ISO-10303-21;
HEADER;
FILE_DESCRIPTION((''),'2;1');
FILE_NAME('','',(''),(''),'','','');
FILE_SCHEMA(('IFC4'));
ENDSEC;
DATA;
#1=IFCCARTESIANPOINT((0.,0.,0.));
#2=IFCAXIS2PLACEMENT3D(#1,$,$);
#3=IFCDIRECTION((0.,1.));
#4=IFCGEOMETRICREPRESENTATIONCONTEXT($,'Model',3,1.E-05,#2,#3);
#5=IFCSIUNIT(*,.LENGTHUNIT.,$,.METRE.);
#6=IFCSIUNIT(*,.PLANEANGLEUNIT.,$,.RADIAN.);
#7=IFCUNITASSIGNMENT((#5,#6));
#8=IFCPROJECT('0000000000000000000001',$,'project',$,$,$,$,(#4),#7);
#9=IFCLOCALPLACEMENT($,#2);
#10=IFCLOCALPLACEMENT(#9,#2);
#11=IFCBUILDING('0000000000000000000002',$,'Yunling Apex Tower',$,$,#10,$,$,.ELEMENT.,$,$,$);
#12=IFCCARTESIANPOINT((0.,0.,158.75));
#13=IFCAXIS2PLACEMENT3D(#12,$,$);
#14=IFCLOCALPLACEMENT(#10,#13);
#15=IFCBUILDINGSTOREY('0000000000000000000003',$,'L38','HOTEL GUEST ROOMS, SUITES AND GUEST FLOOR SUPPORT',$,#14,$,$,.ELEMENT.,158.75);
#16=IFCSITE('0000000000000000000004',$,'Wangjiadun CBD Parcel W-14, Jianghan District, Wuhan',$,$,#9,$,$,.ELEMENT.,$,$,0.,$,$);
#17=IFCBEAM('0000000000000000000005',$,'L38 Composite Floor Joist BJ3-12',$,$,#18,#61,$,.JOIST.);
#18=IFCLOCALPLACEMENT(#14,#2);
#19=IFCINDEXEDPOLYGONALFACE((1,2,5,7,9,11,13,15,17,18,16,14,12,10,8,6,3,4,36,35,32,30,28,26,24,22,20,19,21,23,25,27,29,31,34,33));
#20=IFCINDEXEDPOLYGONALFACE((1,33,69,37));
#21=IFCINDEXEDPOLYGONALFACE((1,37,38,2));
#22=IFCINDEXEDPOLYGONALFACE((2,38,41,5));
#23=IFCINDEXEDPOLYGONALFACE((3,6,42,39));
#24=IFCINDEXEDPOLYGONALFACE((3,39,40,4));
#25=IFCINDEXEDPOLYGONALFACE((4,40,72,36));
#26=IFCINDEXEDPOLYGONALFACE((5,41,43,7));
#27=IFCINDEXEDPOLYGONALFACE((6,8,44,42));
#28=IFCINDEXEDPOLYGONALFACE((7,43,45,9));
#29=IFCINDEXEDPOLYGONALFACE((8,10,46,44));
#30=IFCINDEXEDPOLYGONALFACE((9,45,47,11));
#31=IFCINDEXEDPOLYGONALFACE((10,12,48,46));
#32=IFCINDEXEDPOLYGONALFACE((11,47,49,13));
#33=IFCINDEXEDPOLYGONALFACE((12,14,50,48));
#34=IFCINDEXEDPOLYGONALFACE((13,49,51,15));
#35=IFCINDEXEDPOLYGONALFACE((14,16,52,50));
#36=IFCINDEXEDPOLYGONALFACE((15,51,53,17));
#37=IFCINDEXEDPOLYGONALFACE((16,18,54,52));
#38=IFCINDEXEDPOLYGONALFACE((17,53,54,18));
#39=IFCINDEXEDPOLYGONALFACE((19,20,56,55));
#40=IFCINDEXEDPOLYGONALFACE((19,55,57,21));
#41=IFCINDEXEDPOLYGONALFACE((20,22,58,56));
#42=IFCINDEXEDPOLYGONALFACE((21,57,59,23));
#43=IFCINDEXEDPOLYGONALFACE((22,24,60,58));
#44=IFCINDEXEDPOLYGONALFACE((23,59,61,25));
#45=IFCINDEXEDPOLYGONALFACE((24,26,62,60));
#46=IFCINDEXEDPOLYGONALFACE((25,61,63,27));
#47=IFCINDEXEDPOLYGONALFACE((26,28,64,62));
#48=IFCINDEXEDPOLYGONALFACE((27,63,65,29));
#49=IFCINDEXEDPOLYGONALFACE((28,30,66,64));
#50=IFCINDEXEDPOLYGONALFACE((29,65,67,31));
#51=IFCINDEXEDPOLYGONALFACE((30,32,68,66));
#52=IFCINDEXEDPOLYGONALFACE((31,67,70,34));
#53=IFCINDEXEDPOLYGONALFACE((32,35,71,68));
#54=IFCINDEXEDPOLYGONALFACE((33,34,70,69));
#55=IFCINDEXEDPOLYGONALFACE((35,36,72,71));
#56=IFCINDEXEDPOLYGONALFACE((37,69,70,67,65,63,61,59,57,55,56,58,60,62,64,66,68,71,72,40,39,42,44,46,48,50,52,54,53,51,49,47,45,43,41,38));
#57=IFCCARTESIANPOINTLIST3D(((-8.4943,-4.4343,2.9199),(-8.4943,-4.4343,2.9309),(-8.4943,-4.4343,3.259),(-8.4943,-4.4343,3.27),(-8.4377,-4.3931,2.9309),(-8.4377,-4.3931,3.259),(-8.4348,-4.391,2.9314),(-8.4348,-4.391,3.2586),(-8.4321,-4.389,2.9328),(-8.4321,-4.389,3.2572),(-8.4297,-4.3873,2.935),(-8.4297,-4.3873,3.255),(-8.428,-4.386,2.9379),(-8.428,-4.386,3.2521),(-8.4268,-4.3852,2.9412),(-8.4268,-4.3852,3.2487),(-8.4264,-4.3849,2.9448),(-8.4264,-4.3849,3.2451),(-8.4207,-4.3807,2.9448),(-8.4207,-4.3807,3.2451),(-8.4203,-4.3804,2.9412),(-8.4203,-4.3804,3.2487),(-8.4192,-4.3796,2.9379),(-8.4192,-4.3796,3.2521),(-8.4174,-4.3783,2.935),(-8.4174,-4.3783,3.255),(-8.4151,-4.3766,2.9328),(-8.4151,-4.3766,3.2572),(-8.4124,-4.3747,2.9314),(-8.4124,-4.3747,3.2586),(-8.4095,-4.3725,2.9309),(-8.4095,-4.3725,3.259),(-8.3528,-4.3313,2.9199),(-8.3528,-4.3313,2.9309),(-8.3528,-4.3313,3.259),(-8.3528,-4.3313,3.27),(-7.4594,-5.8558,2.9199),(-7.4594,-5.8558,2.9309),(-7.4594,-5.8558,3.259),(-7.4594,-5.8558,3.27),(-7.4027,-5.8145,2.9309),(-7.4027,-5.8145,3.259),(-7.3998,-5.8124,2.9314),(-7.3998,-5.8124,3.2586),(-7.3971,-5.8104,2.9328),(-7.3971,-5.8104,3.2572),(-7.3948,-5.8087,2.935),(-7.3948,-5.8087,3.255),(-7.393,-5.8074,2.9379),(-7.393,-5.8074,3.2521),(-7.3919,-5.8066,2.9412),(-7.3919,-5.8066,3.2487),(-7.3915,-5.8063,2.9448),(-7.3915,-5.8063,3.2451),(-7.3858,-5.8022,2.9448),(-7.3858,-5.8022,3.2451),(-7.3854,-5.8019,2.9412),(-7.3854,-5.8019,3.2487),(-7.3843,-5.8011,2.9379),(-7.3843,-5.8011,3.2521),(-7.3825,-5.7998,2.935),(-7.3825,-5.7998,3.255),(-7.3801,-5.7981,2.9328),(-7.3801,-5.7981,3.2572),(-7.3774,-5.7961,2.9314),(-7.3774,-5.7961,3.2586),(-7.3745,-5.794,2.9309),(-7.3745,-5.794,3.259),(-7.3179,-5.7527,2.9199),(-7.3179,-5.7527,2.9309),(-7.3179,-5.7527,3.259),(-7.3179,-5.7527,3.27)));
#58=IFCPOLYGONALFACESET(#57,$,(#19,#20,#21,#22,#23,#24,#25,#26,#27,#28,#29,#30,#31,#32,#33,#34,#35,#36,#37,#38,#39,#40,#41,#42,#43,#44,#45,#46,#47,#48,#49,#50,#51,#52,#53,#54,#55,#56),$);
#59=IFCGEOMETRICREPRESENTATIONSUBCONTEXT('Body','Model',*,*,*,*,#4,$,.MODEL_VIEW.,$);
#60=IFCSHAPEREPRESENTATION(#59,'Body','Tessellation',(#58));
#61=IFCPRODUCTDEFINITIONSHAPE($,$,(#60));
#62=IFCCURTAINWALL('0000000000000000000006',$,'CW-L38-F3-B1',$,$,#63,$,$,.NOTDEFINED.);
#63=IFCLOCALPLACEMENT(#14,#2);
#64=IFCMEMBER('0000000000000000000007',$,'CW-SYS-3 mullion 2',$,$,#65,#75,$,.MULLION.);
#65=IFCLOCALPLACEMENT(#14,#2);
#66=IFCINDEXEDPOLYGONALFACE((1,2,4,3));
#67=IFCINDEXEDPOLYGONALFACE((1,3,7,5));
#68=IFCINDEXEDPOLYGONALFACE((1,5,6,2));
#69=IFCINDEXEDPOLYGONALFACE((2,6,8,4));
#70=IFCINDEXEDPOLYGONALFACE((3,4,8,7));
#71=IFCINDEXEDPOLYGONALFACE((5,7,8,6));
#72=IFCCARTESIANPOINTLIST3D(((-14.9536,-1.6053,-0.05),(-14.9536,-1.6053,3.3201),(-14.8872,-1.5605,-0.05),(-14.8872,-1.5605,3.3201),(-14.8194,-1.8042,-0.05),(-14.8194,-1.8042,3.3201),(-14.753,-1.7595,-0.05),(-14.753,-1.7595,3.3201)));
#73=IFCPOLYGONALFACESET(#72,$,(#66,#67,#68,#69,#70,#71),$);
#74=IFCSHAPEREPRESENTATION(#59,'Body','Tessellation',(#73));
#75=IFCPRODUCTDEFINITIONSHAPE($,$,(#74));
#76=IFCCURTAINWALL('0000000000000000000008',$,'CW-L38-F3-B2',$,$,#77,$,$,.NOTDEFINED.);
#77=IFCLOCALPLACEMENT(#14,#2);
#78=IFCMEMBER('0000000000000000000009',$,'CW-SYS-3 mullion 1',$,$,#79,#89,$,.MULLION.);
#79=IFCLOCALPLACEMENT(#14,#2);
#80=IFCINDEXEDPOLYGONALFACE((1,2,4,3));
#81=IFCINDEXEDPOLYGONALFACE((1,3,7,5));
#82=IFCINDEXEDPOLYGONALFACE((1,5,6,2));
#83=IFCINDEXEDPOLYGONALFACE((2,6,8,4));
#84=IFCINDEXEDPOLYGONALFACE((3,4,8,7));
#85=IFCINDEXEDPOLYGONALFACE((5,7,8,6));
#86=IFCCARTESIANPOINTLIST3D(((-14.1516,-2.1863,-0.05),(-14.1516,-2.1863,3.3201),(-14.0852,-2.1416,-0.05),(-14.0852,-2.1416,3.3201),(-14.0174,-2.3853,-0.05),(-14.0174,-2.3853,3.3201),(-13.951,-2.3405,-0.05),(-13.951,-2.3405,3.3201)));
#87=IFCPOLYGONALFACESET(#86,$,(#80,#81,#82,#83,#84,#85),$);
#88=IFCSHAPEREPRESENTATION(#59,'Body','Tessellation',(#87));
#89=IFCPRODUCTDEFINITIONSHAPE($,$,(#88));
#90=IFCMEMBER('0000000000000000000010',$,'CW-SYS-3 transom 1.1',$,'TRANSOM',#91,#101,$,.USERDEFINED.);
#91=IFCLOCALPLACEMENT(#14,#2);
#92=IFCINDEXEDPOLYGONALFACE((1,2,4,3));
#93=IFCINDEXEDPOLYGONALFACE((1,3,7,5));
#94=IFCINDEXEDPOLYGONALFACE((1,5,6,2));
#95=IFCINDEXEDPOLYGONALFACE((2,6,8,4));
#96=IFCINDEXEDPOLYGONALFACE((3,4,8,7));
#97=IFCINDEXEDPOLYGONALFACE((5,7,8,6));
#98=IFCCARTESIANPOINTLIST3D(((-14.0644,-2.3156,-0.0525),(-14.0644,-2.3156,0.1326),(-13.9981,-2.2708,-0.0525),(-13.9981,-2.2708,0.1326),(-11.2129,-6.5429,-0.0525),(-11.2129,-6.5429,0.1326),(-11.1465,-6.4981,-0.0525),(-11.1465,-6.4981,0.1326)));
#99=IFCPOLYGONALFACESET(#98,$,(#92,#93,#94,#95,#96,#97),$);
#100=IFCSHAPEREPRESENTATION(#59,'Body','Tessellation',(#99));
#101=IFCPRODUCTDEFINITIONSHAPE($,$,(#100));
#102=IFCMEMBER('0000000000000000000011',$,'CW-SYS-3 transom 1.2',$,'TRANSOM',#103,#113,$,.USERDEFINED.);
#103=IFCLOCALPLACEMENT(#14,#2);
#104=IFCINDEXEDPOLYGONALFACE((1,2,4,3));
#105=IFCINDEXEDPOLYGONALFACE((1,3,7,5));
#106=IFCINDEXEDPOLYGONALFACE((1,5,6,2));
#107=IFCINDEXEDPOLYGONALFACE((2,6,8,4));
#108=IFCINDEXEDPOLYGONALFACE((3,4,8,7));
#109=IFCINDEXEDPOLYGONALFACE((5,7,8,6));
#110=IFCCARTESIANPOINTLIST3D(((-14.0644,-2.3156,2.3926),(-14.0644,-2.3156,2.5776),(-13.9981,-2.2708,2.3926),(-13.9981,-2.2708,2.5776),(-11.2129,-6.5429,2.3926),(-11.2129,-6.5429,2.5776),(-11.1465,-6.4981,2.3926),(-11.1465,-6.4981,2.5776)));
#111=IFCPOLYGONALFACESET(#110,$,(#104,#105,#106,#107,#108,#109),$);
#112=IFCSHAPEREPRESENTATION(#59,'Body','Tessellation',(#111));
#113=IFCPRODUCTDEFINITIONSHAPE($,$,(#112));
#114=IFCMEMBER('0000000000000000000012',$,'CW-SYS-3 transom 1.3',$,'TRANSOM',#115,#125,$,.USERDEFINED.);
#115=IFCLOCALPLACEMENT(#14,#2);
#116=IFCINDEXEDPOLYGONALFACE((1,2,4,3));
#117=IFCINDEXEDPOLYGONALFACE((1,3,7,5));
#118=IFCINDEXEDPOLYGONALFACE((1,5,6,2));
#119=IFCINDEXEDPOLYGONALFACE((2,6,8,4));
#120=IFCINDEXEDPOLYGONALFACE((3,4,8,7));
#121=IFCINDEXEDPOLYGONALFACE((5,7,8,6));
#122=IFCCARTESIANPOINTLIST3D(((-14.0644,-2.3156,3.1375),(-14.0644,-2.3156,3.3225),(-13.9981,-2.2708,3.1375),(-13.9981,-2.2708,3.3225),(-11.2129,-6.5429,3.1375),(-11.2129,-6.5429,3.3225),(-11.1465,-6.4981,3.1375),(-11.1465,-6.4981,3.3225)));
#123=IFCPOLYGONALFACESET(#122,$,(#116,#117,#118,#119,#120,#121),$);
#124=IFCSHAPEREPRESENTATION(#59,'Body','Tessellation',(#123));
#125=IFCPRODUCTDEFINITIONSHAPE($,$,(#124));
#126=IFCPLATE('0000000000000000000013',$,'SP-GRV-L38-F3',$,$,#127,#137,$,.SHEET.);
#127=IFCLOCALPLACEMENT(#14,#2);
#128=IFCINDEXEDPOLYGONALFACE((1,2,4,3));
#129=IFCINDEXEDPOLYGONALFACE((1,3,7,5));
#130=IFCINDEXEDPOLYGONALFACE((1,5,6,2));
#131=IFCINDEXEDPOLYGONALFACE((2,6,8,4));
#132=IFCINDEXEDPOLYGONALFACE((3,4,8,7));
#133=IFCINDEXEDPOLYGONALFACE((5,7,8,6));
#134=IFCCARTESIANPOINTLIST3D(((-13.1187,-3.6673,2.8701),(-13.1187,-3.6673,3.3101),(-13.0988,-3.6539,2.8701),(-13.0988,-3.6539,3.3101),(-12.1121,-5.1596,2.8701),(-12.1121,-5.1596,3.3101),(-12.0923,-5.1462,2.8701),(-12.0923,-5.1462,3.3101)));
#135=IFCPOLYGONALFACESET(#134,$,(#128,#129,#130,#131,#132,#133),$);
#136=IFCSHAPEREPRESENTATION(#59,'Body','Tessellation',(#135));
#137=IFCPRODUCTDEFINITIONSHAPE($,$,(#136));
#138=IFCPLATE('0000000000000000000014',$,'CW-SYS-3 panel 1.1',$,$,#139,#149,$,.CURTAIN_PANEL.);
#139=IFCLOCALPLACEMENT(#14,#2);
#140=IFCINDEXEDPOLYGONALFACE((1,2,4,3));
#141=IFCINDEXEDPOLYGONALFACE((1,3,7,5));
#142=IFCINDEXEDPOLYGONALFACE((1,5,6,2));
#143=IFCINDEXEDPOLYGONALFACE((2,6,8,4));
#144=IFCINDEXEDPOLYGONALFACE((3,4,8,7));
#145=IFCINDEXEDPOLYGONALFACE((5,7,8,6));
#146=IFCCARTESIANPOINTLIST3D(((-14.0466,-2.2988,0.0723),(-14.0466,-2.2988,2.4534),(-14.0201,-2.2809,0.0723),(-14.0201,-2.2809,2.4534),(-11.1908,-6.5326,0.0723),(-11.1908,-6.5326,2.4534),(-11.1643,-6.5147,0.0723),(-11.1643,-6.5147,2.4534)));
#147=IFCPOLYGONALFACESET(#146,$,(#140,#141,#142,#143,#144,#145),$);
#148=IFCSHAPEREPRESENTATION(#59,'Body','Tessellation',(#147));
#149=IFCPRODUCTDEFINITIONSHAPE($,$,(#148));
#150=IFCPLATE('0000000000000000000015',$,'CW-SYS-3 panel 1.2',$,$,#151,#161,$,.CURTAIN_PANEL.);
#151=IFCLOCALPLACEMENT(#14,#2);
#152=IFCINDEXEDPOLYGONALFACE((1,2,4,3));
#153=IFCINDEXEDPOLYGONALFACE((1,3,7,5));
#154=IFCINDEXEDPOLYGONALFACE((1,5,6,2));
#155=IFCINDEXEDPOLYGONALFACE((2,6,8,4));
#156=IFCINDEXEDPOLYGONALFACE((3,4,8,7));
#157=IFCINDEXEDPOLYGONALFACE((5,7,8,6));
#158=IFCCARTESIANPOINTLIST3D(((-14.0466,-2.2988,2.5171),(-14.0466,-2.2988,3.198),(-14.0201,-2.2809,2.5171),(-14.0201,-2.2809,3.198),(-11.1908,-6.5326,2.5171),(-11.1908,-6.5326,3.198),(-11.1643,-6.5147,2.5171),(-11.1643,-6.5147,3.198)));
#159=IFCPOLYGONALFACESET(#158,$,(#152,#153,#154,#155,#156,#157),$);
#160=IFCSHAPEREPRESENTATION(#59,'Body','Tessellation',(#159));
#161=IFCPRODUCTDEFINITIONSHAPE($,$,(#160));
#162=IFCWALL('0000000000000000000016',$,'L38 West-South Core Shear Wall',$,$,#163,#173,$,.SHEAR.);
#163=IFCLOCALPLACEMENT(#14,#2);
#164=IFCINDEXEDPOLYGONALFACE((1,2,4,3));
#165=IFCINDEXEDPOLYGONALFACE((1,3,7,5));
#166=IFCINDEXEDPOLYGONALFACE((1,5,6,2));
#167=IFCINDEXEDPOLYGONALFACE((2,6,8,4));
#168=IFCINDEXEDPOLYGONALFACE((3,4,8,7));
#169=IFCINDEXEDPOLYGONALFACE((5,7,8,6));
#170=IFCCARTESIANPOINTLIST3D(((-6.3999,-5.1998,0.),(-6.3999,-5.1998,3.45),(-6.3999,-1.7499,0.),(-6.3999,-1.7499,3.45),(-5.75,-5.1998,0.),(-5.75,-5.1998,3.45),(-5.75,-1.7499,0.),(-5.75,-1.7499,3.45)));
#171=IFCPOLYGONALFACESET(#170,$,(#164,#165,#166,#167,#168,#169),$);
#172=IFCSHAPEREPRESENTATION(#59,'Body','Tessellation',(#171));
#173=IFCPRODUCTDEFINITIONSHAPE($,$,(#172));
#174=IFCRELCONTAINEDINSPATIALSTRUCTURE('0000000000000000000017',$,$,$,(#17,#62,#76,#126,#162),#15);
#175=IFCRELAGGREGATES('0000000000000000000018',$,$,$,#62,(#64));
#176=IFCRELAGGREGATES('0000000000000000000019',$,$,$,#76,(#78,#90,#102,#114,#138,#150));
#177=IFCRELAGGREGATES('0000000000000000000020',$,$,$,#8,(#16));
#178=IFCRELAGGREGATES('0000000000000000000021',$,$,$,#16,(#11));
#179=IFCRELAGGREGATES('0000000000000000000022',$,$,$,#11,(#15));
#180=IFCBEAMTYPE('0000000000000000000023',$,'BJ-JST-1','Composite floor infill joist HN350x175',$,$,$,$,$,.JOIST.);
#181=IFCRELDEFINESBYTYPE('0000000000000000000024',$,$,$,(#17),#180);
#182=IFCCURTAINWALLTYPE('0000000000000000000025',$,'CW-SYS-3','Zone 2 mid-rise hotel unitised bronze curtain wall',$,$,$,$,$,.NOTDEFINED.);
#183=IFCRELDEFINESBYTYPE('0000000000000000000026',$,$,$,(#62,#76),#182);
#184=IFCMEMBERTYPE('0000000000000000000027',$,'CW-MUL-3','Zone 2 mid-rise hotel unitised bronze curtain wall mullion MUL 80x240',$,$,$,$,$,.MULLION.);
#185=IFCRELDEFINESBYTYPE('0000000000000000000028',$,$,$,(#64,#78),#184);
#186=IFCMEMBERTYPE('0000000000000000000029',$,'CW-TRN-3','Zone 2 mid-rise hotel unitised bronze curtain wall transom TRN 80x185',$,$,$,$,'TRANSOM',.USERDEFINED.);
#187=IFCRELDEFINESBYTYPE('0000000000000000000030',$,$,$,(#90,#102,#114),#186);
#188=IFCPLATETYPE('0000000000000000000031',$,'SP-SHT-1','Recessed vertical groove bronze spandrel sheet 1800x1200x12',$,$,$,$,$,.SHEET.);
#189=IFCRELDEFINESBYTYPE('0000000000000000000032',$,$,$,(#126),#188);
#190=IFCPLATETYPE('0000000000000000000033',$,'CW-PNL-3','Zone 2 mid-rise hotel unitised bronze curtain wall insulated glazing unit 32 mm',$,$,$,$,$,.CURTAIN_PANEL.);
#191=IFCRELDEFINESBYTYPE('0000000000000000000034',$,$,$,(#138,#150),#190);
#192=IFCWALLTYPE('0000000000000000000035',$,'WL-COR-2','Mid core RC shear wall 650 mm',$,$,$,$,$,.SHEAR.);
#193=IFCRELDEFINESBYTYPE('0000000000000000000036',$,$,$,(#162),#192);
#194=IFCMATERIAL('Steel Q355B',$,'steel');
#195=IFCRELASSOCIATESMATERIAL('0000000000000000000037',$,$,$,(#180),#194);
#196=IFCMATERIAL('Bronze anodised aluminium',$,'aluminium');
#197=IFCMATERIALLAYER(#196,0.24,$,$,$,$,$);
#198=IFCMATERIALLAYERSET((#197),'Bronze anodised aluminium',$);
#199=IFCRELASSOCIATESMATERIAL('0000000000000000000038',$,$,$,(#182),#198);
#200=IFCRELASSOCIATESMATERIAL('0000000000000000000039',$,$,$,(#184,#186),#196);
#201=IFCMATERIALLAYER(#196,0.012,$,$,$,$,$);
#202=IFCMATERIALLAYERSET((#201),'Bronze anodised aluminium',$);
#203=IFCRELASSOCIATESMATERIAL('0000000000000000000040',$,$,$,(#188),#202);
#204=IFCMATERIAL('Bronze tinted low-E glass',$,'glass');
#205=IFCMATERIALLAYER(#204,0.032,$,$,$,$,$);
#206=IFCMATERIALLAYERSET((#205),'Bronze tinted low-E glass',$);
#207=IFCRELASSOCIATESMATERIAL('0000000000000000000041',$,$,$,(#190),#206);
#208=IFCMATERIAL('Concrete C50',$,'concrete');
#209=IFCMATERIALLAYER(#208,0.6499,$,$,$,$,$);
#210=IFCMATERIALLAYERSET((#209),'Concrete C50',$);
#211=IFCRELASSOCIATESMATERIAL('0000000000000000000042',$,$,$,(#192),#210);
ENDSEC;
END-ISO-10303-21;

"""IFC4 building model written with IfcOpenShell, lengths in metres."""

from ifc_helpers import new_model, si_unit, direction, frame, frame_2d, origin, origin_2d, place, context, subcontext, project, spatial, rectangle, i_section, extrude, source, transform, mapped, material, layer, layer_set, material_profile, profile_set, type_object, element, aggregate, save


model = new_model("IFC4")

# Units and contexts
model_context = context("Model", 3, precision=1e-05, world=origin(), true_north=direction((0.0, 1.0)))
body_context = subcontext(model_context, "Body", "Model", "MODEL_VIEW")
ifc_project = project(units=[si_unit("LENGTHUNIT", "METRE"), si_unit("PLANEANGLEUNIT", "RADIAN")], contexts=[model_context])

# Site, building, storey
site_placement = place(None, origin())
site = spatial("IfcSite", under=ifc_project, at=site_placement, Name="Wangjiadun CBD Parcel W-14, Jianghan District, Wuhan", CompositionType="ELEMENT", RefElevation=0.0)
building_placement = place(site_placement, origin())
building = spatial("IfcBuilding", under=site, at=building_placement, Name="Yunling Apex Tower", CompositionType="ELEMENT")
storey_placement = place(building_placement, frame((0.0, 0.0, 158.75)))
storey = spatial("IfcBuildingStorey", under=building, at=storey_placement, Name="L38", Description="HOTEL GUEST ROOMS, SUITES AND GUEST FLOOR SUPPORT", CompositionType="ELEMENT", Elevation=158.75)

# Shared definitions
ifc_material_1 = material(Name="Concrete C50", Category="concrete")

# Beam
ifc_material_2 = material(Name="Steel Q355B", Category="steel")
ifc_material_profile_1 = material_profile(ifc_material_2, i_section(OverallWidth=0.175, OverallDepth=0.3501, WebThickness=0.0071, FlangeThickness=0.011, FilletRadius=0.0139, at=origin_2d()))
ifc_profile_set_1 = profile_set([ifc_material_profile_1], Name="Steel Q355B")
beam_type_1 = type_object("IfcBeamType", Name="BJ-JST-1", Description="Composite floor infill joist HN350x175", PredefinedType="JOIST", material=ifc_profile_set_1)
shared_shape_1 = source(origin(), body_context, "Body", "SweptSolid", [
    extrude(i_section(OverallWidth=0.175, OverallDepth=0.3501, WebThickness=0.0071, FlangeThickness=0.011, FilletRadius=0.0139, at=origin_2d()), origin(), (0.0, 0.0, 1.0), 1.7583),
])
beam_1_placement = place(storey_placement, frame((-8.4236, -4.3828, 3.095), z_axis=(0.588609, -0.808418, 0.0), x_axis=(0.808418, 0.588609, 0.0)))
element("IfcBeam", 1, at=beam_1_placement, inside=storey, type_object=beam_type_1, Name="L38 Composite Floor Joist BJ3-12", PredefinedType="JOIST", context=body_context, shape_type="MappedRepresentation", body=[
    mapped(shared_shape_1, transform((0.0, 0.0, 0.0), scale=1.0)),
])

# Curtain wall, member
ifc_material_3 = material(Name="Bronze anodised aluminium", Category="aluminium")
ifc_layer_1 = layer(ifc_material_3, 0.24)
ifc_layer_set_1 = layer_set([ifc_layer_1], Name="Bronze anodised aluminium")
curtain_wall_type = type_object("IfcCurtainWallType", Name="CW-SYS-3", Description="Zone 2 mid-rise hotel unitised bronze curtain wall", PredefinedType="NOTDEFINED", material=ifc_layer_set_1)
curtain_wall_1_placement = place(storey_placement, origin())
curtain_wall_1 = element("IfcCurtainWall", 2, at=curtain_wall_1_placement, inside=storey, type_object=curtain_wall_type, Name="CW-L38-F3-B1", PredefinedType="NOTDEFINED")
ifc_material_profile_2 = material_profile(ifc_material_3, rectangle(XDim=0.0801, YDim=0.24, at=origin_2d()))
ifc_profile_set_2 = profile_set([ifc_material_profile_2], Name="Bronze anodised aluminium")
member_type_1 = type_object("IfcMemberType", Name="CW-MUL-3", Description="Zone 2 mid-rise hotel unitised bronze curtain wall mullion MUL 80x240", PredefinedType="MULLION", material=ifc_profile_set_2)
shared_shape_2 = source(origin(), body_context, "Body", "SweptSolid", [
    extrude(rectangle(XDim=0.0801, YDim=0.24, at=origin_2d()), origin(), (0.0, 0.0, 1.0), 3.3701),
])
member_1_placement = place(storey_placement, frame((-14.8533, -1.6824, -0.05), z_axis=(0.0, 0.0, 1.0), x_axis=(0.829045, 0.559181, 0.0)))
member_1 = element("IfcMember", 3, at=member_1_placement, type_object=member_type_1, Name="CW-SYS-3 mullion 2", PredefinedType="MULLION", context=body_context, shape_type="MappedRepresentation", body=[
    mapped(shared_shape_2, transform((0.0, 0.0, 0.0), scale=1.0)),
])
aggregate(curtain_wall_1, [member_1])

# Curtain wall, members
curtain_wall_2_placement = place(storey_placement, origin())
curtain_wall_2 = element("IfcCurtainWall", 4, at=curtain_wall_2_placement, inside=storey, type_object=curtain_wall_type, Name="CW-L38-F3-B2", PredefinedType="NOTDEFINED")
member_2_placement = place(storey_placement, frame((-14.0513, -2.2634, -0.05), z_axis=(0.0, 0.0, 1.0), x_axis=(0.829026, 0.55921, 0.0)))
member_2 = element("IfcMember", 5, at=member_2_placement, type_object=member_type_1, Name="CW-SYS-3 mullion 1", PredefinedType="MULLION", context=body_context, shape_type="MappedRepresentation", body=[
    mapped(shared_shape_2, transform((0.0, 0.0, 0.0), scale=1.0)),
])
ifc_material_profile_3 = material_profile(ifc_material_3, rectangle(XDim=0.0801, YDim=0.1851, at=origin_2d()))
ifc_profile_set_3 = profile_set([ifc_material_profile_3], Name="Bronze anodised aluminium")
member_type_2 = type_object("IfcMemberType", Name="CW-TRN-3", Description="Zone 2 mid-rise hotel unitised bronze curtain wall transom TRN 80x185", ElementType="TRANSOM", PredefinedType="USERDEFINED", material=ifc_profile_set_3)
shared_shape_3 = source(origin(), body_context, "Body", "SweptSolid", [
    extrude(rectangle(XDim=0.0801, YDim=0.1851, at=origin_2d()), origin(), (0.0, 0.0, 1.0), 5.0991),
])
member_3_placement = place(storey_placement, frame((-14.0312, -2.2932, 0.04), z_axis=(0.559222, -0.829018, 0.0), x_axis=(0.829018, 0.559222, 0.0)))
member_3 = element("IfcMember", 6, at=member_3_placement, type_object=member_type_2, Name="CW-SYS-3 transom 1.1", ObjectType="TRANSOM", PredefinedType="USERDEFINED", context=body_context, shape_type="MappedRepresentation", body=[
    mapped(shared_shape_3, transform((0.0, 0.0, 0.0), scale=1.0)),
])
member_4_placement = place(storey_placement, frame((-14.0312, -2.2932, 2.4851), z_axis=(0.559222, -0.829018, 0.0), x_axis=(0.829018, 0.559222, 0.0)))
member_4 = element("IfcMember", 7, at=member_4_placement, type_object=member_type_2, Name="CW-SYS-3 transom 1.2", ObjectType="TRANSOM", PredefinedType="USERDEFINED", context=body_context, shape_type="MappedRepresentation", body=[
    mapped(shared_shape_3, transform((0.0, 0.0, 0.0), scale=1.0)),
])
member_5_placement = place(storey_placement, frame((-14.0312, -2.2932, 3.23), z_axis=(0.559222, -0.829018, 0.0), x_axis=(0.829018, 0.559222, 0.0)))
member_5 = element("IfcMember", 8, at=member_5_placement, type_object=member_type_2, Name="CW-SYS-3 transom 1.3", ObjectType="TRANSOM", PredefinedType="USERDEFINED", context=body_context, shape_type="MappedRepresentation", body=[
    mapped(shared_shape_3, transform((0.0, 0.0, 0.0), scale=1.0)),
])

# Plates
ifc_layer_2 = layer(ifc_material_3, 0.012)
ifc_layer_set_2 = layer_set([ifc_layer_2], Name="Bronze anodised aluminium")
plate_type_1 = type_object("IfcPlateType", Name="SP-SHT-1", Description="Recessed vertical groove bronze spandrel sheet 1800x1200x12", PredefinedType="SHEET", material=ifc_layer_set_2)
shared_shape_4 = source(origin(), body_context, "Body", "SweptSolid", [
    extrude(rectangle(XDim=1.8, YDim=0.0239, at=origin_2d()), origin(), (0.0, 0.0, 1.0), 0.4399),
])
plate_1_placement = place(storey_placement, frame((-12.6055, -4.4067, 2.8701), z_axis=(0.0, 0.0, 1.0), x_axis=(0.559193, -0.829038, 0.0)))
element("IfcPlate", 9, at=plate_1_placement, inside=storey, type_object=plate_type_1, Name="SP-GRV-L38-F3", PredefinedType="SHEET", context=body_context, shape_type="MappedRepresentation", body=[
    mapped(shared_shape_4, transform((0.0, 0.0, 0.0), scale=1.0)),
])
ifc_material_4 = material(Name="Bronze tinted low-E glass", Category="glass")
ifc_layer_3 = layer(ifc_material_4, 0.032)
ifc_layer_set_3 = layer_set([ifc_layer_3], Name="Bronze tinted low-E glass")
plate_type_2 = type_object("IfcPlateType", Name="CW-PNL-3", Description="Zone 2 mid-rise hotel unitised bronze curtain wall insulated glazing unit 32 mm", PredefinedType="CURTAIN_PANEL", material=ifc_layer_set_3)
shared_shape_5 = source(origin(), body_context, "Body", "SweptSolid", [
    extrude(rectangle(XDim=5.1069, YDim=0.032, at=origin_2d()), origin(), (0.0, 0.0, 1.0), 2.3811),
])
plate_2_placement = place(storey_placement, frame((-12.6055, -4.4067, 0.0723), z_axis=(0.0, 0.0, 1.0), x_axis=(0.55921, -0.829026, 0.0)))
plate_2 = element("IfcPlate", 10, at=plate_2_placement, type_object=plate_type_2, Name="CW-SYS-3 panel 1.1", PredefinedType="CURTAIN_PANEL", context=body_context, shape_type="MappedRepresentation", body=[
    mapped(shared_shape_5, transform((0.0, 0.0, 0.0), scale=1.0)),
])
shared_shape_6 = source(origin(), body_context, "Body", "SweptSolid", [
    extrude(rectangle(XDim=5.1069, YDim=0.032, at=origin_2d()), origin(), (0.0, 0.0, 1.0), 0.6809),
])
plate_3_placement = place(storey_placement, frame((-12.6055, -4.4067, 2.5171), z_axis=(0.0, 0.0, 1.0), x_axis=(0.55921, -0.829026, 0.0)))
plate_3 = element("IfcPlate", 11, at=plate_3_placement, type_object=plate_type_2, Name="CW-SYS-3 panel 1.2", PredefinedType="CURTAIN_PANEL", context=body_context, shape_type="MappedRepresentation", body=[
    mapped(shared_shape_6, transform((0.0, 0.0, 0.0), scale=1.0)),
])
aggregate(curtain_wall_2, [member_2, member_3, member_4, member_5, plate_2, plate_3])

# Wall
ifc_layer_4 = layer(ifc_material_1, 0.6499)
ifc_layer_set_4 = layer_set([ifc_layer_4], Name="Concrete C50")
wall_type_1 = type_object("IfcWallType", Name="WL-COR-2", Description="Mid core RC shear wall 650 mm", PredefinedType="SHEAR", material=ifc_layer_set_4)
wall_1_placement = place(storey_placement, frame((-6.075, -5.2, 0.0), z_axis=(0.0, 0.0, 1.0), x_axis=(0.0, 1.0, 0.0)))
element("IfcWall", 12, at=wall_1_placement, inside=storey, type_object=wall_type_1, Name="L38 West-South Core Shear Wall", PredefinedType="SHEAR", context=body_context, shape_type="SweptSolid", body=[
    extrude(rectangle(XDim=3.45, YDim=0.6499, at=frame_2d((1.7251, 0.0))), origin(), (0.0, 0.0, 1.0), 3.45),
])

save(model, "model.ifc")
